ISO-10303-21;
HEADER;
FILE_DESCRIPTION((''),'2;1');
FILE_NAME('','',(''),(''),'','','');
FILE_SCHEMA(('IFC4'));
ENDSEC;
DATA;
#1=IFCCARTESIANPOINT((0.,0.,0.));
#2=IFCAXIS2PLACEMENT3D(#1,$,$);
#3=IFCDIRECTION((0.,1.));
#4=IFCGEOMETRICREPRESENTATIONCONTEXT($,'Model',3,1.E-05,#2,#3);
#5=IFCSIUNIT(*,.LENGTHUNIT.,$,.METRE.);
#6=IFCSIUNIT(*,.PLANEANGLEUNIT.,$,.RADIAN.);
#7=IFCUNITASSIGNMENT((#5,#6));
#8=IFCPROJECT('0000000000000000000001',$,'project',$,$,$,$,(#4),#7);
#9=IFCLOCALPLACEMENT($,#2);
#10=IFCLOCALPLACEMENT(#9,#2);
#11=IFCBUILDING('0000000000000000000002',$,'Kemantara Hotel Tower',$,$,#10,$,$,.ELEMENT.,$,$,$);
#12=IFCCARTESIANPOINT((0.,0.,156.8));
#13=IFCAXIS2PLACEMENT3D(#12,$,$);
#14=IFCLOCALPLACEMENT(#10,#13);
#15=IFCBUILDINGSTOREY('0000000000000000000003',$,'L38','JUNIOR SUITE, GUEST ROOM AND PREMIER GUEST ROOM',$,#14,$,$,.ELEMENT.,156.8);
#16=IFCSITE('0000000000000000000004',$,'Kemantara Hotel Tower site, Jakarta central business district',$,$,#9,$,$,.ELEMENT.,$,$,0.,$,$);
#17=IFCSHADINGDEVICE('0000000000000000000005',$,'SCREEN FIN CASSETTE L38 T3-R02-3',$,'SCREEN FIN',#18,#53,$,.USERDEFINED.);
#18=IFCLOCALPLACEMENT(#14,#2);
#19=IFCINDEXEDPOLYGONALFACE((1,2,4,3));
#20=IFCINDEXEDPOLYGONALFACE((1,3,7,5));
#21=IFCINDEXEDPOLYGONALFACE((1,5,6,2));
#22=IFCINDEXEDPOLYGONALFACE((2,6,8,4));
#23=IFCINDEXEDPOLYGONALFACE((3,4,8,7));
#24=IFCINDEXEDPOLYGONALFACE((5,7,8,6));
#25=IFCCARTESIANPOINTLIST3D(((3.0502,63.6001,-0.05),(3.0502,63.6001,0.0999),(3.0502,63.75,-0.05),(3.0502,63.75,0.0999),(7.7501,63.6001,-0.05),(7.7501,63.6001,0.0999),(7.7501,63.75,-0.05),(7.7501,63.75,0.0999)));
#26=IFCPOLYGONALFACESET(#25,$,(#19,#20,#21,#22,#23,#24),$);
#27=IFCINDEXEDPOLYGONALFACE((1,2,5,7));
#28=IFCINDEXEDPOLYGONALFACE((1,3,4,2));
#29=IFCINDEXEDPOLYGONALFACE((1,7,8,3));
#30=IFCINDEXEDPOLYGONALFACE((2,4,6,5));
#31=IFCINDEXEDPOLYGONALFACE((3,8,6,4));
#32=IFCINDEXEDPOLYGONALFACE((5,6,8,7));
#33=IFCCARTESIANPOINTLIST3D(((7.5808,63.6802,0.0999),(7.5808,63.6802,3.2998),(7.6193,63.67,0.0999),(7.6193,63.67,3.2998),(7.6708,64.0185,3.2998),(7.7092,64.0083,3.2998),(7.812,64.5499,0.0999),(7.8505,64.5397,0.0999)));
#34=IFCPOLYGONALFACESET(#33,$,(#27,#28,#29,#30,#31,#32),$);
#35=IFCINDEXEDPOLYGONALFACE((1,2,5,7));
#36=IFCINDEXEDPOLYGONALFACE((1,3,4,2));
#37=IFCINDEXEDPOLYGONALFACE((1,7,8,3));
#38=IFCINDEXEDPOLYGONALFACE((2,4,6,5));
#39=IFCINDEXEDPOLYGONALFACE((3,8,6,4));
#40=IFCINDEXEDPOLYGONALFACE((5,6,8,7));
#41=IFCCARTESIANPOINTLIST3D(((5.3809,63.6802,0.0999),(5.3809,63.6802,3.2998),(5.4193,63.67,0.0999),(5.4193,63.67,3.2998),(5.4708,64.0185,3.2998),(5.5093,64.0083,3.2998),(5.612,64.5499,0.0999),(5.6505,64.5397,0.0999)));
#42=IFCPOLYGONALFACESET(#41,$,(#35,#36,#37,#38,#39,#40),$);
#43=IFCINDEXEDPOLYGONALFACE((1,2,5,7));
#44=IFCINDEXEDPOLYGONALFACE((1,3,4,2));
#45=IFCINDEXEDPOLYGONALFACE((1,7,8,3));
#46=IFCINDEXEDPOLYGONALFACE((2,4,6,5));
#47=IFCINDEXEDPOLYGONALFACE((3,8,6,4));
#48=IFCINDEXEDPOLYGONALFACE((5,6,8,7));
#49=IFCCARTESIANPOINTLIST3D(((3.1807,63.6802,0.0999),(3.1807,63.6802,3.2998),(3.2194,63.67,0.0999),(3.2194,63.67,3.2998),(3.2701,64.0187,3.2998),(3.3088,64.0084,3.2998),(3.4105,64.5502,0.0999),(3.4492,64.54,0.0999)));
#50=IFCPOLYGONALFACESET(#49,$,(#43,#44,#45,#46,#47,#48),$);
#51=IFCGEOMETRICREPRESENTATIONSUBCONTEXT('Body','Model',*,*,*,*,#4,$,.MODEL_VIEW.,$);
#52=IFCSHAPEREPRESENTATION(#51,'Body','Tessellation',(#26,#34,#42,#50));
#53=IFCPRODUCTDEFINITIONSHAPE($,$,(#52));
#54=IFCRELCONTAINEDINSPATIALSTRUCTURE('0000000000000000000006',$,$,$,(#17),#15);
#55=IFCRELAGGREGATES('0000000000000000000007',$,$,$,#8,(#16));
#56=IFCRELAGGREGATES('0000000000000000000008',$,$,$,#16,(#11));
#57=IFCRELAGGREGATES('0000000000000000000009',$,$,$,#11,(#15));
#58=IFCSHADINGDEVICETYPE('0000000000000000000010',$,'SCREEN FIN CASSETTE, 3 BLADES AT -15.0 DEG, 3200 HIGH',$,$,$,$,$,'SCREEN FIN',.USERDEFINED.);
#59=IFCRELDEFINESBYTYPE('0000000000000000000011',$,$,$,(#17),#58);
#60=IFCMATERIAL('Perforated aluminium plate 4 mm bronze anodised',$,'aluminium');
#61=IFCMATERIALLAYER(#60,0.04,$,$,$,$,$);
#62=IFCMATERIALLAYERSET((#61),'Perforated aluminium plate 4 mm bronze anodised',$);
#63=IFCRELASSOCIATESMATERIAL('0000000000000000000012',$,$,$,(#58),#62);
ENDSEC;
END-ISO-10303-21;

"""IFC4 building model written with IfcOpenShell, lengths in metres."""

from ifc_helpers import new_model, si_unit, direction, frame, origin, origin_2d, place, context, subcontext, project, spatial, polyline, rectangle, outline, extrude, source, transform, mapped, material, layer, layer_set, type_object, element, save


model = new_model("IFC4")

# Units and contexts
model_context = context("Model", 3, precision=1e-05, world=origin(), true_north=direction((0.0, 1.0)))
body_context = subcontext(model_context, "Body", "Model", "MODEL_VIEW")
ifc_project = project(units=[si_unit("LENGTHUNIT", "METRE"), si_unit("PLANEANGLEUNIT", "RADIAN")], contexts=[model_context])

# Site, building, storey
site_placement = place(None, origin())
site = spatial("IfcSite", under=ifc_project, at=site_placement, Name="Kemantara Hotel Tower site, Jakarta central business district", CompositionType="ELEMENT", RefElevation=0.0)
building_placement = place(site_placement, origin())
building = spatial("IfcBuilding", under=site, at=building_placement, Name="Kemantara Hotel Tower", CompositionType="ELEMENT")
storey_placement = place(building_placement, frame((0.0, 0.0, 156.8)))
storey = spatial("IfcBuildingStorey", under=building, at=storey_placement, Name="L38", Description="JUNIOR SUITE, GUEST ROOM AND PREMIER GUEST ROOM", CompositionType="ELEMENT", Elevation=156.8)

# Shading device
ifc_material_1 = material(Name="Perforated aluminium plate 4 mm bronze anodised", Category="aluminium")
ifc_layer_1 = layer(ifc_material_1, 0.04)
ifc_layer_set_1 = layer_set([ifc_layer_1], Name="Perforated aluminium plate 4 mm bronze anodised")
shading_device_type = type_object("IfcShadingDeviceType", Name="SCREEN FIN CASSETTE, 3 BLADES AT -15.0 DEG, 3200 HIGH", ElementType="SCREEN FIN", PredefinedType="USERDEFINED", material=ifc_layer_set_1)
shared_shape_1 = source(origin(), body_context, "Body", "SweptSolid", [
    extrude(rectangle(XDim=4.7, YDim=0.1499, at=origin_2d()), frame((2.2, -0.075, -0.1499), z_axis=(0.0, 0.0, 1.0), x_axis=(1.0, 0.0, 0.0)), (0.0, 0.0, 1.0), 0.1499),
    extrude(outline(polyline([(0.0, 0.0), (0.8999, 0.0), (0.3501, 3.2), (0.0, 3.2), (0.0, 0.0)])), frame((0.0193, -0.0801, 0.0), z_axis=(-0.966438, 0.256901, 0.0), x_axis=(-0.256901, -0.966438, 0.0)), (0.0, 0.0, 1.0), 0.0398),
    extrude(outline(polyline([(0.0, 0.0), (0.8999, 0.0), (0.3501, 3.2), (0.0, 3.2), (0.0, 0.0)])), frame((2.2192, -0.0801, 0.0), z_axis=(-0.966438, 0.256901, 0.0), x_axis=(-0.256901, -0.966438, 0.0)), (0.0, 0.0, 1.0), 0.0398),
    extrude(outline(polyline([(0.0, 0.0), (0.8999, 0.0), (0.3501, 3.2), (0.0, 3.2), (0.0, 0.0)])), frame((4.4194, -0.0801, 0.0), z_axis=(-0.966838, 0.255391, 0.0), x_axis=(-0.255391, -0.966838, 0.0)), (0.0, 0.0, 1.0), 0.04),
])
shading_device_placement = place(storey_placement, frame((7.6001, 63.6001, 0.0999), z_axis=(0.0, 0.0, 1.0), x_axis=(-1.0, 0.0, 0.0)))
element("IfcShadingDevice", 1, at=shading_device_placement, inside=storey, type_object=shading_device_type, Name="SCREEN FIN CASSETTE L38 T3-R02-3", ObjectType="SCREEN FIN", PredefinedType="USERDEFINED", context=body_context, shape_type="MappedRepresentation", body=[
    mapped(shared_shape_1, transform((0.0, 0.0, 0.0))),
])

save(model, "model.ifc")
